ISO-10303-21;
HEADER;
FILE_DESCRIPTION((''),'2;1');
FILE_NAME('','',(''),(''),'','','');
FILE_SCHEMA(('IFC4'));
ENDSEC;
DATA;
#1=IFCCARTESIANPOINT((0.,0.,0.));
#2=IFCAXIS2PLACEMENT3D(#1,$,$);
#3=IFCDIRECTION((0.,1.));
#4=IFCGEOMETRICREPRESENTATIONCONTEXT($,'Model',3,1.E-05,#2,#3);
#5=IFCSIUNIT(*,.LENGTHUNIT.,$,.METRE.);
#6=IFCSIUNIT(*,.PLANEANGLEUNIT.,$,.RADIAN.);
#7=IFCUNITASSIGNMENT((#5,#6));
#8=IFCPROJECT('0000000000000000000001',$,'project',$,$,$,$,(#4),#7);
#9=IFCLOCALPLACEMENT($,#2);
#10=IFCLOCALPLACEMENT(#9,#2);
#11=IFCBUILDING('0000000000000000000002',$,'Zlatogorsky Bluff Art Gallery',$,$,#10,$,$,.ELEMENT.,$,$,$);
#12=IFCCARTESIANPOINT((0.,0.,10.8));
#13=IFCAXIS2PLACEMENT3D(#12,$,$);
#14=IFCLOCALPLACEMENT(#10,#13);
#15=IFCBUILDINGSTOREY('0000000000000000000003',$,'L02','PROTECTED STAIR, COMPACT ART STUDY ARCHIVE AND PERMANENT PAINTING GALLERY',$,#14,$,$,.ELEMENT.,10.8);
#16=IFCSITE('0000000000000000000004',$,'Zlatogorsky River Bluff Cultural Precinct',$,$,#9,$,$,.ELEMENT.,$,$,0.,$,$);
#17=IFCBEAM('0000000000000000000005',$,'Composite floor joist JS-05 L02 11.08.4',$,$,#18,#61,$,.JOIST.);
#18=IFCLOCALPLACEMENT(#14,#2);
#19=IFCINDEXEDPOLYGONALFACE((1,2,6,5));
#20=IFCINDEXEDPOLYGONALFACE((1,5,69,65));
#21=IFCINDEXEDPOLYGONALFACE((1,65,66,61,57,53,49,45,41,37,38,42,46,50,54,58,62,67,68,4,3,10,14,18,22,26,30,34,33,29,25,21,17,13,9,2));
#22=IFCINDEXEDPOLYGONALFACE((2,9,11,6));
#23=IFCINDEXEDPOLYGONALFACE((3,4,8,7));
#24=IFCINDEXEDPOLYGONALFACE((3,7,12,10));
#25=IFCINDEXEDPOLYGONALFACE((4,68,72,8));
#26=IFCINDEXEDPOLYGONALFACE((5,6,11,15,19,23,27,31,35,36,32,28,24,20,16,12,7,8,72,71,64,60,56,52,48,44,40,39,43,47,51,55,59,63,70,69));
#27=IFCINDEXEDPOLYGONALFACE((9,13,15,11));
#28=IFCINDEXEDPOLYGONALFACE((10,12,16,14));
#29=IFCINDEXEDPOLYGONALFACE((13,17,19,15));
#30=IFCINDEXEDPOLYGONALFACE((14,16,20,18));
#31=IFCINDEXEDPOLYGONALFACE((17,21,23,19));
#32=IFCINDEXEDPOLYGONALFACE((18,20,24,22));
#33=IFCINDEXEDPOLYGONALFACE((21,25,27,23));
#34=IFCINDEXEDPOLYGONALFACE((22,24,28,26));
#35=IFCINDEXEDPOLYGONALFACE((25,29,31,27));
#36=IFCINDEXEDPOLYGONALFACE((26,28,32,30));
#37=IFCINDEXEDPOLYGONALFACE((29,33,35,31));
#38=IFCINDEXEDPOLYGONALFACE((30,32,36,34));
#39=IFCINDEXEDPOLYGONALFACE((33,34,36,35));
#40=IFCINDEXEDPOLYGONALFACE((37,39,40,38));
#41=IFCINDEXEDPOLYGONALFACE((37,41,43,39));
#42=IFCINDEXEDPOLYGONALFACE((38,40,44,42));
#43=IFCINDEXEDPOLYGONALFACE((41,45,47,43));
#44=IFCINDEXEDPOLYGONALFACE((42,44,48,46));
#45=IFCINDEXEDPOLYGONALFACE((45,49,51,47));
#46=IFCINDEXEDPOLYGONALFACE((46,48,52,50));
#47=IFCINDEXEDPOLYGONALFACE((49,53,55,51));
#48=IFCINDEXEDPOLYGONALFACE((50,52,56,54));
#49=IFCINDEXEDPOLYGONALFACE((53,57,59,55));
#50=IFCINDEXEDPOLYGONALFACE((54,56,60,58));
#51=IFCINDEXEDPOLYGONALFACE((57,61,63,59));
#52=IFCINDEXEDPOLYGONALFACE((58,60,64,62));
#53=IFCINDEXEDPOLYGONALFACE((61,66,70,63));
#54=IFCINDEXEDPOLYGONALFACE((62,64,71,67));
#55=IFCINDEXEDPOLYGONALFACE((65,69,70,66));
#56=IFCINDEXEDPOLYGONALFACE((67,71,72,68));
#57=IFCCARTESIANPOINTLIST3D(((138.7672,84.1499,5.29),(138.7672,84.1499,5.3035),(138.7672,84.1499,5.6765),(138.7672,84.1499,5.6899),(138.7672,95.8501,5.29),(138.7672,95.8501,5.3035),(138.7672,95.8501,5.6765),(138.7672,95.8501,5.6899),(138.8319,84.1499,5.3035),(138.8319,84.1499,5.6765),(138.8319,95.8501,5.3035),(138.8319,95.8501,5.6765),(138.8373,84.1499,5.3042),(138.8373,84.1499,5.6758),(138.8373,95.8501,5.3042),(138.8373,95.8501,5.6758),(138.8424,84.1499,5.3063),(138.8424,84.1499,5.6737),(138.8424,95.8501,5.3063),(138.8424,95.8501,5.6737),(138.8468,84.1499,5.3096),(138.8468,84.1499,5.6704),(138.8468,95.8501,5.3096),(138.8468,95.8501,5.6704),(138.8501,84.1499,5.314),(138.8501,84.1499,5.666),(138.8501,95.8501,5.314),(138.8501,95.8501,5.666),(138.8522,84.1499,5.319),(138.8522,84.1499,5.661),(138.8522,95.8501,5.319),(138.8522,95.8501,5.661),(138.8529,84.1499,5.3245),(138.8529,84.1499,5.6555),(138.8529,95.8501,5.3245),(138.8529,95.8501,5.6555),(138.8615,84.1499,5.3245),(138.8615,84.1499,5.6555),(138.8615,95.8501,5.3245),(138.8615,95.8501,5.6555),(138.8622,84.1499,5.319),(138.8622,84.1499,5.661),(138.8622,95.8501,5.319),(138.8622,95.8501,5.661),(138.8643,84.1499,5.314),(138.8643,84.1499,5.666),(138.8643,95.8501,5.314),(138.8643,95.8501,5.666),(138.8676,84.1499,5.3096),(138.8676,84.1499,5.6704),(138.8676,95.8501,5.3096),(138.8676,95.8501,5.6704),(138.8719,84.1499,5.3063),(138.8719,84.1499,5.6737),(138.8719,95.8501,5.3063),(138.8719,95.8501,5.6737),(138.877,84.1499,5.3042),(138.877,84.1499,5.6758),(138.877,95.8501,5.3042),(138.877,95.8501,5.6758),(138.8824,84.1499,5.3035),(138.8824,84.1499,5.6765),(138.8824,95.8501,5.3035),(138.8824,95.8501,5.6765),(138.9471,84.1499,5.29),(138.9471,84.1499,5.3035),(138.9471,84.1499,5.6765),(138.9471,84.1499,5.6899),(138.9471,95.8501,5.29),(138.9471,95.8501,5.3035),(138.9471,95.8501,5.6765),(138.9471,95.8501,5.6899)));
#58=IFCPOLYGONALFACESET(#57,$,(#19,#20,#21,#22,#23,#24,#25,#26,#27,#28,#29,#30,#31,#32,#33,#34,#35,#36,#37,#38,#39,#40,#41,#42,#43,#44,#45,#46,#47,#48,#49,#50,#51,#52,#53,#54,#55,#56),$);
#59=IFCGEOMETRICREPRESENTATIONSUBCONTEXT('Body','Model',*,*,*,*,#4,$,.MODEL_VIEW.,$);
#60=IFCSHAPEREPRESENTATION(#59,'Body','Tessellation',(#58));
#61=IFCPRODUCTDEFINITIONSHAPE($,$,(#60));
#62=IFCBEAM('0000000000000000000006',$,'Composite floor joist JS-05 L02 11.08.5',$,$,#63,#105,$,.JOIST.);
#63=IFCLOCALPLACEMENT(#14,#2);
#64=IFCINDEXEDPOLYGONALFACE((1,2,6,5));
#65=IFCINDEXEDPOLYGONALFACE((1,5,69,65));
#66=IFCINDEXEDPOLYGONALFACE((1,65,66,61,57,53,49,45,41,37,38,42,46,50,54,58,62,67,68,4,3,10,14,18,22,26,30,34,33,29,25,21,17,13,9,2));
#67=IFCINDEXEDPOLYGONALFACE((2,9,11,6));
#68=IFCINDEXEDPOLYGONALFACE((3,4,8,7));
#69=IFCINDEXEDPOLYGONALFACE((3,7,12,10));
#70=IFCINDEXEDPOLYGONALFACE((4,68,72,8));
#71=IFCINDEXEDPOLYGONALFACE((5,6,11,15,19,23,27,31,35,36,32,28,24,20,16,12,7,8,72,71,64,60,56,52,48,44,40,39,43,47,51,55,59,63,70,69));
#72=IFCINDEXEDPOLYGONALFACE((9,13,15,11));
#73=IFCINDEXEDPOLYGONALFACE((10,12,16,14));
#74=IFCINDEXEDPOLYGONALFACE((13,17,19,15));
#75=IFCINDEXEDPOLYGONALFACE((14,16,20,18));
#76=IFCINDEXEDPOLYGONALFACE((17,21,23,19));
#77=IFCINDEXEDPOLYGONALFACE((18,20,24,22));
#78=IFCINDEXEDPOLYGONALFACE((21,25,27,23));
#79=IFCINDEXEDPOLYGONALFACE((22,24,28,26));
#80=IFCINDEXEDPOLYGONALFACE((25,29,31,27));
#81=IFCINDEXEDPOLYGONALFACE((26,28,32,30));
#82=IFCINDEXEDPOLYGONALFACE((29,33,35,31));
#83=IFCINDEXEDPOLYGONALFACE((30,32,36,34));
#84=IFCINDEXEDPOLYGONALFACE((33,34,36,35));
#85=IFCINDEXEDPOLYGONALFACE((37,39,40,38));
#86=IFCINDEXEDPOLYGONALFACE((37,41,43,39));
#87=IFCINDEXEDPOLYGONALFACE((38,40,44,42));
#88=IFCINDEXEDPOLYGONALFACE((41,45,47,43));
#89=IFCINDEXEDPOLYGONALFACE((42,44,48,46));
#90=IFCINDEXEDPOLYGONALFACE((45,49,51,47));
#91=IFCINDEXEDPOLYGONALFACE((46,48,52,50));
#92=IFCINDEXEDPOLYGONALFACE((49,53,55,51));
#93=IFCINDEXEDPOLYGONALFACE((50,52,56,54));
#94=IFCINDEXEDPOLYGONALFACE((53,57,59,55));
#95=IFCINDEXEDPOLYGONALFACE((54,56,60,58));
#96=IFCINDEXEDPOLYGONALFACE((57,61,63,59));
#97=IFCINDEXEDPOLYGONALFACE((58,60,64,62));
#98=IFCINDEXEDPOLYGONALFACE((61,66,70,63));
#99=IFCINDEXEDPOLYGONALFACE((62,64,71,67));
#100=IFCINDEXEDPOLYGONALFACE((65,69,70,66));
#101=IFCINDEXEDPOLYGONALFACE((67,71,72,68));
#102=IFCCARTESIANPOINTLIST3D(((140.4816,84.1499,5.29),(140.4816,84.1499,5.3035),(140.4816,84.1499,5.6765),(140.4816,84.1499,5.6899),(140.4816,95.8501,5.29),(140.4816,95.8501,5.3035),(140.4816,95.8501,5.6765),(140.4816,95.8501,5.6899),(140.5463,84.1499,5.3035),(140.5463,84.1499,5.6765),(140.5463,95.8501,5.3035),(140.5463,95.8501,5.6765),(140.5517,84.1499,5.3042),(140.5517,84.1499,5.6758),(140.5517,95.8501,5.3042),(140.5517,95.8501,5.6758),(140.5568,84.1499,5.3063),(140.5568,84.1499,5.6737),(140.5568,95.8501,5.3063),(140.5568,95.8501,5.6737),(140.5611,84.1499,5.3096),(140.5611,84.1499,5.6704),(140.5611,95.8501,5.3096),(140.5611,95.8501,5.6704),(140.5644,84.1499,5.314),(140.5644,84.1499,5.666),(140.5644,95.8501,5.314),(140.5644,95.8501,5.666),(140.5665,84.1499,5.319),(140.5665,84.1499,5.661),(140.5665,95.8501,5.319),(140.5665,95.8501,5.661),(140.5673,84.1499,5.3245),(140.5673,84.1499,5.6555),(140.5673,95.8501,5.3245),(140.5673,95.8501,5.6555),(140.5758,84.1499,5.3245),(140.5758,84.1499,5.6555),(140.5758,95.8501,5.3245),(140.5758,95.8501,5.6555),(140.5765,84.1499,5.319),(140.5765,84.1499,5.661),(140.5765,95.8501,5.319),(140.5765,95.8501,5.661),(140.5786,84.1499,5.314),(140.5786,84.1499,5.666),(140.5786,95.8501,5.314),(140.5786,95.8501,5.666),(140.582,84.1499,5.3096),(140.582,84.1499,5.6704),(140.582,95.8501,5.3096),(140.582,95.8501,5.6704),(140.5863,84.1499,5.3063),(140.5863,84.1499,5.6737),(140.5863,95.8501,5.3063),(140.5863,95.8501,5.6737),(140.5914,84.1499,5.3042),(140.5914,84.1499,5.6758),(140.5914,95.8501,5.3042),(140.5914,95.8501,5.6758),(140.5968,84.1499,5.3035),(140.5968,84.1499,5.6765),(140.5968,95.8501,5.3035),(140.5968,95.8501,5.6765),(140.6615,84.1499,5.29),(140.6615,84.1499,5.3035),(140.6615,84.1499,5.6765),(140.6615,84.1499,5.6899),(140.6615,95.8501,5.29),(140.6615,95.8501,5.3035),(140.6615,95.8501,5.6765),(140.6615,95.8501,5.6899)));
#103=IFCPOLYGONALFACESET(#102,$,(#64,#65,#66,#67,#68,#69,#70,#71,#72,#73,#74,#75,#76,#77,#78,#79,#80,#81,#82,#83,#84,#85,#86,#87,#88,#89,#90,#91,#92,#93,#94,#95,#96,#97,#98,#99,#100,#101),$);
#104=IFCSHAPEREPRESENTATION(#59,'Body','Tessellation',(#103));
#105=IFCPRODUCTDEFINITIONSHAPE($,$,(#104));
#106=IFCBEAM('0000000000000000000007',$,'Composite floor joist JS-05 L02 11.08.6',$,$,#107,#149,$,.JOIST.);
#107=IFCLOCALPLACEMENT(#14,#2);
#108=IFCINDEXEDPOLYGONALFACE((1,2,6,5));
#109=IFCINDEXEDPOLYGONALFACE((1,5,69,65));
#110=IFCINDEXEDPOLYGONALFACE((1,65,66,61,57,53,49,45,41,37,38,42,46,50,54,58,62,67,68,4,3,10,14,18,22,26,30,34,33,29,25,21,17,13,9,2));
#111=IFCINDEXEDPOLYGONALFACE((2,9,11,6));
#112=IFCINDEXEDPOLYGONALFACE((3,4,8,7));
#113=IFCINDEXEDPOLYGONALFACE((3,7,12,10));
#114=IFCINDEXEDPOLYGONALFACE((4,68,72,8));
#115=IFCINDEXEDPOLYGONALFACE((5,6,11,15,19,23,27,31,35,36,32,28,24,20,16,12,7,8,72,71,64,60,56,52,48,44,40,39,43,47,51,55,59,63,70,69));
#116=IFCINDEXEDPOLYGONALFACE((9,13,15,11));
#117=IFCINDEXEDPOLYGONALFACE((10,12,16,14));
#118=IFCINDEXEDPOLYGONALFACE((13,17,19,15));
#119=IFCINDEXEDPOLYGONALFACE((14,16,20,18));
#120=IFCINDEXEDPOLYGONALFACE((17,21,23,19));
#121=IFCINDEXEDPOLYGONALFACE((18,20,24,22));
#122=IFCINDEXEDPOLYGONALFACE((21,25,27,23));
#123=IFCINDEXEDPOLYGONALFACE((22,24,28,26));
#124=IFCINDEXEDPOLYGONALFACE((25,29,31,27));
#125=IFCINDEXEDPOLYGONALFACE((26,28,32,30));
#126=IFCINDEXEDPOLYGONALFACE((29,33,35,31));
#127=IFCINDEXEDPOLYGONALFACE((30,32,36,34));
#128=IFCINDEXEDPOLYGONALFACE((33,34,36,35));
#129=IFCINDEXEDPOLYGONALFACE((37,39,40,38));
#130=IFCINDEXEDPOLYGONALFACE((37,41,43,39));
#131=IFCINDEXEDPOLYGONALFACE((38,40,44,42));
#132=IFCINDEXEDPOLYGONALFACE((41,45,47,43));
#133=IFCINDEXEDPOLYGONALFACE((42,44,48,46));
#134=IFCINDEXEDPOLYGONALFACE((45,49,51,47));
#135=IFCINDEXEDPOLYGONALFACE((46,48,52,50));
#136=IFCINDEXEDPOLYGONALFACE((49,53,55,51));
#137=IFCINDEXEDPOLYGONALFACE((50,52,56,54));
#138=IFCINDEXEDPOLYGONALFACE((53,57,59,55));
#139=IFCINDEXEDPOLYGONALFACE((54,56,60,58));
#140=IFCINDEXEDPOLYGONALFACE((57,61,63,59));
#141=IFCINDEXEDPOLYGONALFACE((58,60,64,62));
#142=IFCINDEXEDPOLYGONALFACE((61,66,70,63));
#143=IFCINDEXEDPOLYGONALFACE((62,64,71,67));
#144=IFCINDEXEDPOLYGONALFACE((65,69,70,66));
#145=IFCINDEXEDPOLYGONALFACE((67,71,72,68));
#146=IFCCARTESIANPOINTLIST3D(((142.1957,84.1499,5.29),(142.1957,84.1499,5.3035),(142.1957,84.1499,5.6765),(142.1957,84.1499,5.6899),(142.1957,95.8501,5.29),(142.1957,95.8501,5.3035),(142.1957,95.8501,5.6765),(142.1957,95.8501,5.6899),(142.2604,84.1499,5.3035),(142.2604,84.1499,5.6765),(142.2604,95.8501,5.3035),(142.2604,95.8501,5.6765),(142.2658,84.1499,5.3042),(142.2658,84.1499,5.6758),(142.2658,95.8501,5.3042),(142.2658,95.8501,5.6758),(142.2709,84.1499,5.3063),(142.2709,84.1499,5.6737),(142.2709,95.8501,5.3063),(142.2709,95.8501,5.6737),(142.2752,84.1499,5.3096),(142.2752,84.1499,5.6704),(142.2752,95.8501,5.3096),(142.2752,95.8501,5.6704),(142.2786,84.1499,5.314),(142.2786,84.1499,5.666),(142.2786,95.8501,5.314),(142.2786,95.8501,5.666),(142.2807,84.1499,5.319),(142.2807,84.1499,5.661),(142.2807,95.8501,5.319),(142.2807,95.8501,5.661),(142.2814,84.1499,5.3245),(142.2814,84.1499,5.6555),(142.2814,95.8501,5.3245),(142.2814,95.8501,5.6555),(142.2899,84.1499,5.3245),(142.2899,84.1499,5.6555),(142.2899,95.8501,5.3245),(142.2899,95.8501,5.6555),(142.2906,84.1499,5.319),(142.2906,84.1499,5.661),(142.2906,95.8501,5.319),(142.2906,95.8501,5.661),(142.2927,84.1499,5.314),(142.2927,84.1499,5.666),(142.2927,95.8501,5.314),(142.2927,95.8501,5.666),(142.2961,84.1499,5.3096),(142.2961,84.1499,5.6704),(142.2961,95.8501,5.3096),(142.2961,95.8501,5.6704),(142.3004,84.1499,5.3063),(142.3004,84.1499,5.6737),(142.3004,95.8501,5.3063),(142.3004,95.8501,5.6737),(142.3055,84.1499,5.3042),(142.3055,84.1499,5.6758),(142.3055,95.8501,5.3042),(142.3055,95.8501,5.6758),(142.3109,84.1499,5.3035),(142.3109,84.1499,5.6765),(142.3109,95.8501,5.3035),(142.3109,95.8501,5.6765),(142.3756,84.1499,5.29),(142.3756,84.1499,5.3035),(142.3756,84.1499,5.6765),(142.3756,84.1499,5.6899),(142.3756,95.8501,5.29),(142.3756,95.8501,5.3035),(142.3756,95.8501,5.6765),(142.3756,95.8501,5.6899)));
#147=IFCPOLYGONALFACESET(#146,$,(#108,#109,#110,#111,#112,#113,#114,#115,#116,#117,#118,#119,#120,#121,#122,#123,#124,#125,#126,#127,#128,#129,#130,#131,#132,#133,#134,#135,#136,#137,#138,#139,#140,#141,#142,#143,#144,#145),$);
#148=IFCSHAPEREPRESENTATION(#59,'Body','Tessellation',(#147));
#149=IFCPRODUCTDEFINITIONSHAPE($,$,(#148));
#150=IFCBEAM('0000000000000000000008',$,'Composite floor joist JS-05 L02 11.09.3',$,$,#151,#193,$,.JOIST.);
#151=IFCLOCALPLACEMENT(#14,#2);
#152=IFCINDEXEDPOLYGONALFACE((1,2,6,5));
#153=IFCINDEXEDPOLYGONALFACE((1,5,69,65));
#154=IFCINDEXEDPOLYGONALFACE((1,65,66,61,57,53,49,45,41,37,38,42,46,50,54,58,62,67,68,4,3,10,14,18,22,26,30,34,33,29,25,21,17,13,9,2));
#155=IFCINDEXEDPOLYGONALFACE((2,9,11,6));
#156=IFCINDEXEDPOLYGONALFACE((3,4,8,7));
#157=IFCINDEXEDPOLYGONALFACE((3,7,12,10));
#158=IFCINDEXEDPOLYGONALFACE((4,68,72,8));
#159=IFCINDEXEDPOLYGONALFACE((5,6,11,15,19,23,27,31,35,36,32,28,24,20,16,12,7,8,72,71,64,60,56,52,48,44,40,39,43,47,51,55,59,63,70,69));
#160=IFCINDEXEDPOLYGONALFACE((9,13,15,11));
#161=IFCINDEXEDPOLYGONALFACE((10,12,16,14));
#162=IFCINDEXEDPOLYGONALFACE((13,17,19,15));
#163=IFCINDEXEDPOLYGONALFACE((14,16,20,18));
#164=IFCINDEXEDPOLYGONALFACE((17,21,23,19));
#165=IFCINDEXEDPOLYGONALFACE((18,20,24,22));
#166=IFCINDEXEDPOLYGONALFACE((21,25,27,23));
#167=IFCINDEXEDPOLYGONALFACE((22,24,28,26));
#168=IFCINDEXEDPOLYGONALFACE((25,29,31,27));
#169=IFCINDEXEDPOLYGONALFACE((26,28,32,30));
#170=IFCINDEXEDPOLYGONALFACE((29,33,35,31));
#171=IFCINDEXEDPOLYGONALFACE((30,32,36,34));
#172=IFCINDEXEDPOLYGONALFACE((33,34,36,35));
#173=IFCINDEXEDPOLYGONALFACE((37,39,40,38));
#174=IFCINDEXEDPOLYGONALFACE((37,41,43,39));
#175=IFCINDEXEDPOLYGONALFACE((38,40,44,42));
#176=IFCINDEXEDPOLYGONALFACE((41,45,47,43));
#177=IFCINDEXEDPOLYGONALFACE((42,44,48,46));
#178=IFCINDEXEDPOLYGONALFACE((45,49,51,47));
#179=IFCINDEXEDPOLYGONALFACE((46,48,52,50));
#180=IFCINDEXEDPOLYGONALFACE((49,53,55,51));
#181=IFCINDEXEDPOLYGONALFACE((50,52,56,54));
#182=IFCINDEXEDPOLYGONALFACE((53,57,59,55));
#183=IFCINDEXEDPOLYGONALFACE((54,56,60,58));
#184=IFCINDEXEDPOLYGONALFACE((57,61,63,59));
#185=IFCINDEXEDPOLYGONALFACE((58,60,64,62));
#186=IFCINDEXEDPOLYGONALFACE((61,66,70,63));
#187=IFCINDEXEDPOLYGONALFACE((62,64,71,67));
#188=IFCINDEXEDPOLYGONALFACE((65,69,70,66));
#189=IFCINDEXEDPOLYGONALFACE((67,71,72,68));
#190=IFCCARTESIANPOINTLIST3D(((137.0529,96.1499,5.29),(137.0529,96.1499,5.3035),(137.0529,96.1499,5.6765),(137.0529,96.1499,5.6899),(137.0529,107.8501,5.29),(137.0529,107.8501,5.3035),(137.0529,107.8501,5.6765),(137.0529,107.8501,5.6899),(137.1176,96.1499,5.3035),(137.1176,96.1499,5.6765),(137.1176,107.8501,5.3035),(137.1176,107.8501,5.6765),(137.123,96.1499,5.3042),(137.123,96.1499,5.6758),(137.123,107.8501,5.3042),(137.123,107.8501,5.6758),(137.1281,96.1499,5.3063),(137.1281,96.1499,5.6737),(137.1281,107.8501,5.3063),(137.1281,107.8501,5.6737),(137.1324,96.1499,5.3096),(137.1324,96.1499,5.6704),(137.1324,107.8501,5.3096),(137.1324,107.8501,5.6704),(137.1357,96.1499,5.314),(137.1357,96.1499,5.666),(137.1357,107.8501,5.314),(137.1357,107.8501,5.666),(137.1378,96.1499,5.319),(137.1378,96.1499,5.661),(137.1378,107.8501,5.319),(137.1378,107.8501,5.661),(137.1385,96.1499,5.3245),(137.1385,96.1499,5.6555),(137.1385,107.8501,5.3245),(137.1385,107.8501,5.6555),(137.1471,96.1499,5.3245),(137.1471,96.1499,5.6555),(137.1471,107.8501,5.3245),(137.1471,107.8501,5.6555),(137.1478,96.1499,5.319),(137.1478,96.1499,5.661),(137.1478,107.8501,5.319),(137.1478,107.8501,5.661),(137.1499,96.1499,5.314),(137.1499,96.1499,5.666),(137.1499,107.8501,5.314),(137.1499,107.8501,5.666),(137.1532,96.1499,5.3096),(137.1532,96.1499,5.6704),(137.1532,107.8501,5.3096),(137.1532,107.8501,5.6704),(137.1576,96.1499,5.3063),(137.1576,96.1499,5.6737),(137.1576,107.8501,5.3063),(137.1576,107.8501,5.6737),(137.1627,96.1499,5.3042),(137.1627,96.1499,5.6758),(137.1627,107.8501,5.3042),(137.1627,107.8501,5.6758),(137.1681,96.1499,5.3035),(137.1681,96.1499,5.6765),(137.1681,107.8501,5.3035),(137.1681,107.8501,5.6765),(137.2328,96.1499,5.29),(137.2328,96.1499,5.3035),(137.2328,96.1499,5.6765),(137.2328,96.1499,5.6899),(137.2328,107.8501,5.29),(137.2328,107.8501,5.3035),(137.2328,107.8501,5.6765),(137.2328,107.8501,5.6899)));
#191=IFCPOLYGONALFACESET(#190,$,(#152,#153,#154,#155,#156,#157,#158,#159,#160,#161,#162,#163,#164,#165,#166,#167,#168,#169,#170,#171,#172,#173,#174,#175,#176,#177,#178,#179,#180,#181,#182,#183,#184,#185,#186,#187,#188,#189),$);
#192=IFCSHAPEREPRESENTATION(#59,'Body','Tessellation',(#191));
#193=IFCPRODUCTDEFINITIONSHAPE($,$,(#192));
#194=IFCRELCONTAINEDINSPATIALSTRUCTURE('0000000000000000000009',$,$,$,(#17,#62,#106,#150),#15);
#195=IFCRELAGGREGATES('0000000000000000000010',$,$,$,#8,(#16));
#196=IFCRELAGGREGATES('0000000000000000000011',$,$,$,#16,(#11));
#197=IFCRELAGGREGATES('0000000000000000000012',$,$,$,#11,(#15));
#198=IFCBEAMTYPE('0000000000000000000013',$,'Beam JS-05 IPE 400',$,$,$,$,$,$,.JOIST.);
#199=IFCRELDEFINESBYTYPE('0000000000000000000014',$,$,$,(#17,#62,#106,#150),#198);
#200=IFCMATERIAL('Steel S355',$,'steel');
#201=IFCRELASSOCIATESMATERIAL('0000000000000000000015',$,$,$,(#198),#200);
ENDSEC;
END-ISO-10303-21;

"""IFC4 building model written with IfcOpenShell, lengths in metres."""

from ifc_helpers import new_model, si_unit, direction, frame, origin, origin_2d, place, context, subcontext, project, spatial, i_section, extrude, material, material_profile, profile_set, type_object, element, save


model = new_model("IFC4")

# Units and contexts
model_context = context("Model", 3, precision=1e-05, world=origin(), true_north=direction((0.0, 1.0)))
body_context = subcontext(model_context, "Body", "Model", "MODEL_VIEW")
ifc_project = project(units=[si_unit("LENGTHUNIT", "METRE"), si_unit("PLANEANGLEUNIT", "RADIAN")], contexts=[model_context])

# Site, building, storey
site_placement = place(None, origin())
site = spatial("IfcSite", under=ifc_project, at=site_placement, Name="Zlatogorsky River Bluff Cultural Precinct", CompositionType="ELEMENT", RefElevation=0.0)
building_placement = place(site_placement, origin())
building = spatial("IfcBuilding", under=site, at=building_placement, Name="Zlatogorsky Bluff Art Gallery", CompositionType="ELEMENT")
storey_placement = place(building_placement, frame((0.0, 0.0, 10.8)))
storey = spatial("IfcBuildingStorey", under=building, at=storey_placement, Name="L02", Description="PROTECTED STAIR, COMPACT ART STUDY ARCHIVE AND PERMANENT PAINTING GALLERY", CompositionType="ELEMENT", Elevation=10.8)

# Shared definitions
ifc_material_1 = material(Name="Steel S355", Category="steel")

# Beams
ifc_material_profile_1 = material_profile(ifc_material_1, i_section(OverallWidth=0.1799, OverallDepth=0.3999, WebThickness=0.0085, FlangeThickness=0.0134, FilletRadius=0.021, at=origin_2d()), Name="IPE 400")
ifc_profile_set_1 = profile_set([ifc_material_profile_1], Name="Steel S355")
beam_type_1 = type_object("IfcBeamType", Name="Beam JS-05 IPE 400", PredefinedType="JOIST", material=ifc_profile_set_1)
for number, where, z_axis, x_axis, name in (
    (1, (138.8572, 84.1499, 5.49), (0.0, 1.0, 0.0), (-1.0, 0.0, 0.0), "Composite floor joist JS-05 L02 11.08.4"),
    (2, (140.5715, 84.1499, 5.49), (0.0, 1.0, 0.0), (-1.0, 0.0, 0.0), "Composite floor joist JS-05 L02 11.08.5"),
    (3, (142.2856, 84.1499, 5.49), (0.0, 1.0, 0.0), (-1.0, 0.0, 0.0), "Composite floor joist JS-05 L02 11.08.6"),
    (4, (137.1428, 96.1499, 5.49), (0.0, 1.0, 0.0), (-1.0, 0.0, 0.0), "Composite floor joist JS-05 L02 11.09.3"),
):
    element("IfcBeam", number, at=place(storey_placement, frame(where, z_axis=z_axis, x_axis=x_axis)), inside=storey, type_object=beam_type_1, Name=name, PredefinedType="JOIST", context=body_context, shape_type="SweptSolid", body=[
        extrude(i_section(OverallWidth=0.1799, OverallDepth=0.3999, WebThickness=0.0085, FlangeThickness=0.0134, FilletRadius=0.021, at=origin_2d()), origin(), (0.0, 0.0, 1.0), 11.7002),
    ])

save(model, "model.ifc")
